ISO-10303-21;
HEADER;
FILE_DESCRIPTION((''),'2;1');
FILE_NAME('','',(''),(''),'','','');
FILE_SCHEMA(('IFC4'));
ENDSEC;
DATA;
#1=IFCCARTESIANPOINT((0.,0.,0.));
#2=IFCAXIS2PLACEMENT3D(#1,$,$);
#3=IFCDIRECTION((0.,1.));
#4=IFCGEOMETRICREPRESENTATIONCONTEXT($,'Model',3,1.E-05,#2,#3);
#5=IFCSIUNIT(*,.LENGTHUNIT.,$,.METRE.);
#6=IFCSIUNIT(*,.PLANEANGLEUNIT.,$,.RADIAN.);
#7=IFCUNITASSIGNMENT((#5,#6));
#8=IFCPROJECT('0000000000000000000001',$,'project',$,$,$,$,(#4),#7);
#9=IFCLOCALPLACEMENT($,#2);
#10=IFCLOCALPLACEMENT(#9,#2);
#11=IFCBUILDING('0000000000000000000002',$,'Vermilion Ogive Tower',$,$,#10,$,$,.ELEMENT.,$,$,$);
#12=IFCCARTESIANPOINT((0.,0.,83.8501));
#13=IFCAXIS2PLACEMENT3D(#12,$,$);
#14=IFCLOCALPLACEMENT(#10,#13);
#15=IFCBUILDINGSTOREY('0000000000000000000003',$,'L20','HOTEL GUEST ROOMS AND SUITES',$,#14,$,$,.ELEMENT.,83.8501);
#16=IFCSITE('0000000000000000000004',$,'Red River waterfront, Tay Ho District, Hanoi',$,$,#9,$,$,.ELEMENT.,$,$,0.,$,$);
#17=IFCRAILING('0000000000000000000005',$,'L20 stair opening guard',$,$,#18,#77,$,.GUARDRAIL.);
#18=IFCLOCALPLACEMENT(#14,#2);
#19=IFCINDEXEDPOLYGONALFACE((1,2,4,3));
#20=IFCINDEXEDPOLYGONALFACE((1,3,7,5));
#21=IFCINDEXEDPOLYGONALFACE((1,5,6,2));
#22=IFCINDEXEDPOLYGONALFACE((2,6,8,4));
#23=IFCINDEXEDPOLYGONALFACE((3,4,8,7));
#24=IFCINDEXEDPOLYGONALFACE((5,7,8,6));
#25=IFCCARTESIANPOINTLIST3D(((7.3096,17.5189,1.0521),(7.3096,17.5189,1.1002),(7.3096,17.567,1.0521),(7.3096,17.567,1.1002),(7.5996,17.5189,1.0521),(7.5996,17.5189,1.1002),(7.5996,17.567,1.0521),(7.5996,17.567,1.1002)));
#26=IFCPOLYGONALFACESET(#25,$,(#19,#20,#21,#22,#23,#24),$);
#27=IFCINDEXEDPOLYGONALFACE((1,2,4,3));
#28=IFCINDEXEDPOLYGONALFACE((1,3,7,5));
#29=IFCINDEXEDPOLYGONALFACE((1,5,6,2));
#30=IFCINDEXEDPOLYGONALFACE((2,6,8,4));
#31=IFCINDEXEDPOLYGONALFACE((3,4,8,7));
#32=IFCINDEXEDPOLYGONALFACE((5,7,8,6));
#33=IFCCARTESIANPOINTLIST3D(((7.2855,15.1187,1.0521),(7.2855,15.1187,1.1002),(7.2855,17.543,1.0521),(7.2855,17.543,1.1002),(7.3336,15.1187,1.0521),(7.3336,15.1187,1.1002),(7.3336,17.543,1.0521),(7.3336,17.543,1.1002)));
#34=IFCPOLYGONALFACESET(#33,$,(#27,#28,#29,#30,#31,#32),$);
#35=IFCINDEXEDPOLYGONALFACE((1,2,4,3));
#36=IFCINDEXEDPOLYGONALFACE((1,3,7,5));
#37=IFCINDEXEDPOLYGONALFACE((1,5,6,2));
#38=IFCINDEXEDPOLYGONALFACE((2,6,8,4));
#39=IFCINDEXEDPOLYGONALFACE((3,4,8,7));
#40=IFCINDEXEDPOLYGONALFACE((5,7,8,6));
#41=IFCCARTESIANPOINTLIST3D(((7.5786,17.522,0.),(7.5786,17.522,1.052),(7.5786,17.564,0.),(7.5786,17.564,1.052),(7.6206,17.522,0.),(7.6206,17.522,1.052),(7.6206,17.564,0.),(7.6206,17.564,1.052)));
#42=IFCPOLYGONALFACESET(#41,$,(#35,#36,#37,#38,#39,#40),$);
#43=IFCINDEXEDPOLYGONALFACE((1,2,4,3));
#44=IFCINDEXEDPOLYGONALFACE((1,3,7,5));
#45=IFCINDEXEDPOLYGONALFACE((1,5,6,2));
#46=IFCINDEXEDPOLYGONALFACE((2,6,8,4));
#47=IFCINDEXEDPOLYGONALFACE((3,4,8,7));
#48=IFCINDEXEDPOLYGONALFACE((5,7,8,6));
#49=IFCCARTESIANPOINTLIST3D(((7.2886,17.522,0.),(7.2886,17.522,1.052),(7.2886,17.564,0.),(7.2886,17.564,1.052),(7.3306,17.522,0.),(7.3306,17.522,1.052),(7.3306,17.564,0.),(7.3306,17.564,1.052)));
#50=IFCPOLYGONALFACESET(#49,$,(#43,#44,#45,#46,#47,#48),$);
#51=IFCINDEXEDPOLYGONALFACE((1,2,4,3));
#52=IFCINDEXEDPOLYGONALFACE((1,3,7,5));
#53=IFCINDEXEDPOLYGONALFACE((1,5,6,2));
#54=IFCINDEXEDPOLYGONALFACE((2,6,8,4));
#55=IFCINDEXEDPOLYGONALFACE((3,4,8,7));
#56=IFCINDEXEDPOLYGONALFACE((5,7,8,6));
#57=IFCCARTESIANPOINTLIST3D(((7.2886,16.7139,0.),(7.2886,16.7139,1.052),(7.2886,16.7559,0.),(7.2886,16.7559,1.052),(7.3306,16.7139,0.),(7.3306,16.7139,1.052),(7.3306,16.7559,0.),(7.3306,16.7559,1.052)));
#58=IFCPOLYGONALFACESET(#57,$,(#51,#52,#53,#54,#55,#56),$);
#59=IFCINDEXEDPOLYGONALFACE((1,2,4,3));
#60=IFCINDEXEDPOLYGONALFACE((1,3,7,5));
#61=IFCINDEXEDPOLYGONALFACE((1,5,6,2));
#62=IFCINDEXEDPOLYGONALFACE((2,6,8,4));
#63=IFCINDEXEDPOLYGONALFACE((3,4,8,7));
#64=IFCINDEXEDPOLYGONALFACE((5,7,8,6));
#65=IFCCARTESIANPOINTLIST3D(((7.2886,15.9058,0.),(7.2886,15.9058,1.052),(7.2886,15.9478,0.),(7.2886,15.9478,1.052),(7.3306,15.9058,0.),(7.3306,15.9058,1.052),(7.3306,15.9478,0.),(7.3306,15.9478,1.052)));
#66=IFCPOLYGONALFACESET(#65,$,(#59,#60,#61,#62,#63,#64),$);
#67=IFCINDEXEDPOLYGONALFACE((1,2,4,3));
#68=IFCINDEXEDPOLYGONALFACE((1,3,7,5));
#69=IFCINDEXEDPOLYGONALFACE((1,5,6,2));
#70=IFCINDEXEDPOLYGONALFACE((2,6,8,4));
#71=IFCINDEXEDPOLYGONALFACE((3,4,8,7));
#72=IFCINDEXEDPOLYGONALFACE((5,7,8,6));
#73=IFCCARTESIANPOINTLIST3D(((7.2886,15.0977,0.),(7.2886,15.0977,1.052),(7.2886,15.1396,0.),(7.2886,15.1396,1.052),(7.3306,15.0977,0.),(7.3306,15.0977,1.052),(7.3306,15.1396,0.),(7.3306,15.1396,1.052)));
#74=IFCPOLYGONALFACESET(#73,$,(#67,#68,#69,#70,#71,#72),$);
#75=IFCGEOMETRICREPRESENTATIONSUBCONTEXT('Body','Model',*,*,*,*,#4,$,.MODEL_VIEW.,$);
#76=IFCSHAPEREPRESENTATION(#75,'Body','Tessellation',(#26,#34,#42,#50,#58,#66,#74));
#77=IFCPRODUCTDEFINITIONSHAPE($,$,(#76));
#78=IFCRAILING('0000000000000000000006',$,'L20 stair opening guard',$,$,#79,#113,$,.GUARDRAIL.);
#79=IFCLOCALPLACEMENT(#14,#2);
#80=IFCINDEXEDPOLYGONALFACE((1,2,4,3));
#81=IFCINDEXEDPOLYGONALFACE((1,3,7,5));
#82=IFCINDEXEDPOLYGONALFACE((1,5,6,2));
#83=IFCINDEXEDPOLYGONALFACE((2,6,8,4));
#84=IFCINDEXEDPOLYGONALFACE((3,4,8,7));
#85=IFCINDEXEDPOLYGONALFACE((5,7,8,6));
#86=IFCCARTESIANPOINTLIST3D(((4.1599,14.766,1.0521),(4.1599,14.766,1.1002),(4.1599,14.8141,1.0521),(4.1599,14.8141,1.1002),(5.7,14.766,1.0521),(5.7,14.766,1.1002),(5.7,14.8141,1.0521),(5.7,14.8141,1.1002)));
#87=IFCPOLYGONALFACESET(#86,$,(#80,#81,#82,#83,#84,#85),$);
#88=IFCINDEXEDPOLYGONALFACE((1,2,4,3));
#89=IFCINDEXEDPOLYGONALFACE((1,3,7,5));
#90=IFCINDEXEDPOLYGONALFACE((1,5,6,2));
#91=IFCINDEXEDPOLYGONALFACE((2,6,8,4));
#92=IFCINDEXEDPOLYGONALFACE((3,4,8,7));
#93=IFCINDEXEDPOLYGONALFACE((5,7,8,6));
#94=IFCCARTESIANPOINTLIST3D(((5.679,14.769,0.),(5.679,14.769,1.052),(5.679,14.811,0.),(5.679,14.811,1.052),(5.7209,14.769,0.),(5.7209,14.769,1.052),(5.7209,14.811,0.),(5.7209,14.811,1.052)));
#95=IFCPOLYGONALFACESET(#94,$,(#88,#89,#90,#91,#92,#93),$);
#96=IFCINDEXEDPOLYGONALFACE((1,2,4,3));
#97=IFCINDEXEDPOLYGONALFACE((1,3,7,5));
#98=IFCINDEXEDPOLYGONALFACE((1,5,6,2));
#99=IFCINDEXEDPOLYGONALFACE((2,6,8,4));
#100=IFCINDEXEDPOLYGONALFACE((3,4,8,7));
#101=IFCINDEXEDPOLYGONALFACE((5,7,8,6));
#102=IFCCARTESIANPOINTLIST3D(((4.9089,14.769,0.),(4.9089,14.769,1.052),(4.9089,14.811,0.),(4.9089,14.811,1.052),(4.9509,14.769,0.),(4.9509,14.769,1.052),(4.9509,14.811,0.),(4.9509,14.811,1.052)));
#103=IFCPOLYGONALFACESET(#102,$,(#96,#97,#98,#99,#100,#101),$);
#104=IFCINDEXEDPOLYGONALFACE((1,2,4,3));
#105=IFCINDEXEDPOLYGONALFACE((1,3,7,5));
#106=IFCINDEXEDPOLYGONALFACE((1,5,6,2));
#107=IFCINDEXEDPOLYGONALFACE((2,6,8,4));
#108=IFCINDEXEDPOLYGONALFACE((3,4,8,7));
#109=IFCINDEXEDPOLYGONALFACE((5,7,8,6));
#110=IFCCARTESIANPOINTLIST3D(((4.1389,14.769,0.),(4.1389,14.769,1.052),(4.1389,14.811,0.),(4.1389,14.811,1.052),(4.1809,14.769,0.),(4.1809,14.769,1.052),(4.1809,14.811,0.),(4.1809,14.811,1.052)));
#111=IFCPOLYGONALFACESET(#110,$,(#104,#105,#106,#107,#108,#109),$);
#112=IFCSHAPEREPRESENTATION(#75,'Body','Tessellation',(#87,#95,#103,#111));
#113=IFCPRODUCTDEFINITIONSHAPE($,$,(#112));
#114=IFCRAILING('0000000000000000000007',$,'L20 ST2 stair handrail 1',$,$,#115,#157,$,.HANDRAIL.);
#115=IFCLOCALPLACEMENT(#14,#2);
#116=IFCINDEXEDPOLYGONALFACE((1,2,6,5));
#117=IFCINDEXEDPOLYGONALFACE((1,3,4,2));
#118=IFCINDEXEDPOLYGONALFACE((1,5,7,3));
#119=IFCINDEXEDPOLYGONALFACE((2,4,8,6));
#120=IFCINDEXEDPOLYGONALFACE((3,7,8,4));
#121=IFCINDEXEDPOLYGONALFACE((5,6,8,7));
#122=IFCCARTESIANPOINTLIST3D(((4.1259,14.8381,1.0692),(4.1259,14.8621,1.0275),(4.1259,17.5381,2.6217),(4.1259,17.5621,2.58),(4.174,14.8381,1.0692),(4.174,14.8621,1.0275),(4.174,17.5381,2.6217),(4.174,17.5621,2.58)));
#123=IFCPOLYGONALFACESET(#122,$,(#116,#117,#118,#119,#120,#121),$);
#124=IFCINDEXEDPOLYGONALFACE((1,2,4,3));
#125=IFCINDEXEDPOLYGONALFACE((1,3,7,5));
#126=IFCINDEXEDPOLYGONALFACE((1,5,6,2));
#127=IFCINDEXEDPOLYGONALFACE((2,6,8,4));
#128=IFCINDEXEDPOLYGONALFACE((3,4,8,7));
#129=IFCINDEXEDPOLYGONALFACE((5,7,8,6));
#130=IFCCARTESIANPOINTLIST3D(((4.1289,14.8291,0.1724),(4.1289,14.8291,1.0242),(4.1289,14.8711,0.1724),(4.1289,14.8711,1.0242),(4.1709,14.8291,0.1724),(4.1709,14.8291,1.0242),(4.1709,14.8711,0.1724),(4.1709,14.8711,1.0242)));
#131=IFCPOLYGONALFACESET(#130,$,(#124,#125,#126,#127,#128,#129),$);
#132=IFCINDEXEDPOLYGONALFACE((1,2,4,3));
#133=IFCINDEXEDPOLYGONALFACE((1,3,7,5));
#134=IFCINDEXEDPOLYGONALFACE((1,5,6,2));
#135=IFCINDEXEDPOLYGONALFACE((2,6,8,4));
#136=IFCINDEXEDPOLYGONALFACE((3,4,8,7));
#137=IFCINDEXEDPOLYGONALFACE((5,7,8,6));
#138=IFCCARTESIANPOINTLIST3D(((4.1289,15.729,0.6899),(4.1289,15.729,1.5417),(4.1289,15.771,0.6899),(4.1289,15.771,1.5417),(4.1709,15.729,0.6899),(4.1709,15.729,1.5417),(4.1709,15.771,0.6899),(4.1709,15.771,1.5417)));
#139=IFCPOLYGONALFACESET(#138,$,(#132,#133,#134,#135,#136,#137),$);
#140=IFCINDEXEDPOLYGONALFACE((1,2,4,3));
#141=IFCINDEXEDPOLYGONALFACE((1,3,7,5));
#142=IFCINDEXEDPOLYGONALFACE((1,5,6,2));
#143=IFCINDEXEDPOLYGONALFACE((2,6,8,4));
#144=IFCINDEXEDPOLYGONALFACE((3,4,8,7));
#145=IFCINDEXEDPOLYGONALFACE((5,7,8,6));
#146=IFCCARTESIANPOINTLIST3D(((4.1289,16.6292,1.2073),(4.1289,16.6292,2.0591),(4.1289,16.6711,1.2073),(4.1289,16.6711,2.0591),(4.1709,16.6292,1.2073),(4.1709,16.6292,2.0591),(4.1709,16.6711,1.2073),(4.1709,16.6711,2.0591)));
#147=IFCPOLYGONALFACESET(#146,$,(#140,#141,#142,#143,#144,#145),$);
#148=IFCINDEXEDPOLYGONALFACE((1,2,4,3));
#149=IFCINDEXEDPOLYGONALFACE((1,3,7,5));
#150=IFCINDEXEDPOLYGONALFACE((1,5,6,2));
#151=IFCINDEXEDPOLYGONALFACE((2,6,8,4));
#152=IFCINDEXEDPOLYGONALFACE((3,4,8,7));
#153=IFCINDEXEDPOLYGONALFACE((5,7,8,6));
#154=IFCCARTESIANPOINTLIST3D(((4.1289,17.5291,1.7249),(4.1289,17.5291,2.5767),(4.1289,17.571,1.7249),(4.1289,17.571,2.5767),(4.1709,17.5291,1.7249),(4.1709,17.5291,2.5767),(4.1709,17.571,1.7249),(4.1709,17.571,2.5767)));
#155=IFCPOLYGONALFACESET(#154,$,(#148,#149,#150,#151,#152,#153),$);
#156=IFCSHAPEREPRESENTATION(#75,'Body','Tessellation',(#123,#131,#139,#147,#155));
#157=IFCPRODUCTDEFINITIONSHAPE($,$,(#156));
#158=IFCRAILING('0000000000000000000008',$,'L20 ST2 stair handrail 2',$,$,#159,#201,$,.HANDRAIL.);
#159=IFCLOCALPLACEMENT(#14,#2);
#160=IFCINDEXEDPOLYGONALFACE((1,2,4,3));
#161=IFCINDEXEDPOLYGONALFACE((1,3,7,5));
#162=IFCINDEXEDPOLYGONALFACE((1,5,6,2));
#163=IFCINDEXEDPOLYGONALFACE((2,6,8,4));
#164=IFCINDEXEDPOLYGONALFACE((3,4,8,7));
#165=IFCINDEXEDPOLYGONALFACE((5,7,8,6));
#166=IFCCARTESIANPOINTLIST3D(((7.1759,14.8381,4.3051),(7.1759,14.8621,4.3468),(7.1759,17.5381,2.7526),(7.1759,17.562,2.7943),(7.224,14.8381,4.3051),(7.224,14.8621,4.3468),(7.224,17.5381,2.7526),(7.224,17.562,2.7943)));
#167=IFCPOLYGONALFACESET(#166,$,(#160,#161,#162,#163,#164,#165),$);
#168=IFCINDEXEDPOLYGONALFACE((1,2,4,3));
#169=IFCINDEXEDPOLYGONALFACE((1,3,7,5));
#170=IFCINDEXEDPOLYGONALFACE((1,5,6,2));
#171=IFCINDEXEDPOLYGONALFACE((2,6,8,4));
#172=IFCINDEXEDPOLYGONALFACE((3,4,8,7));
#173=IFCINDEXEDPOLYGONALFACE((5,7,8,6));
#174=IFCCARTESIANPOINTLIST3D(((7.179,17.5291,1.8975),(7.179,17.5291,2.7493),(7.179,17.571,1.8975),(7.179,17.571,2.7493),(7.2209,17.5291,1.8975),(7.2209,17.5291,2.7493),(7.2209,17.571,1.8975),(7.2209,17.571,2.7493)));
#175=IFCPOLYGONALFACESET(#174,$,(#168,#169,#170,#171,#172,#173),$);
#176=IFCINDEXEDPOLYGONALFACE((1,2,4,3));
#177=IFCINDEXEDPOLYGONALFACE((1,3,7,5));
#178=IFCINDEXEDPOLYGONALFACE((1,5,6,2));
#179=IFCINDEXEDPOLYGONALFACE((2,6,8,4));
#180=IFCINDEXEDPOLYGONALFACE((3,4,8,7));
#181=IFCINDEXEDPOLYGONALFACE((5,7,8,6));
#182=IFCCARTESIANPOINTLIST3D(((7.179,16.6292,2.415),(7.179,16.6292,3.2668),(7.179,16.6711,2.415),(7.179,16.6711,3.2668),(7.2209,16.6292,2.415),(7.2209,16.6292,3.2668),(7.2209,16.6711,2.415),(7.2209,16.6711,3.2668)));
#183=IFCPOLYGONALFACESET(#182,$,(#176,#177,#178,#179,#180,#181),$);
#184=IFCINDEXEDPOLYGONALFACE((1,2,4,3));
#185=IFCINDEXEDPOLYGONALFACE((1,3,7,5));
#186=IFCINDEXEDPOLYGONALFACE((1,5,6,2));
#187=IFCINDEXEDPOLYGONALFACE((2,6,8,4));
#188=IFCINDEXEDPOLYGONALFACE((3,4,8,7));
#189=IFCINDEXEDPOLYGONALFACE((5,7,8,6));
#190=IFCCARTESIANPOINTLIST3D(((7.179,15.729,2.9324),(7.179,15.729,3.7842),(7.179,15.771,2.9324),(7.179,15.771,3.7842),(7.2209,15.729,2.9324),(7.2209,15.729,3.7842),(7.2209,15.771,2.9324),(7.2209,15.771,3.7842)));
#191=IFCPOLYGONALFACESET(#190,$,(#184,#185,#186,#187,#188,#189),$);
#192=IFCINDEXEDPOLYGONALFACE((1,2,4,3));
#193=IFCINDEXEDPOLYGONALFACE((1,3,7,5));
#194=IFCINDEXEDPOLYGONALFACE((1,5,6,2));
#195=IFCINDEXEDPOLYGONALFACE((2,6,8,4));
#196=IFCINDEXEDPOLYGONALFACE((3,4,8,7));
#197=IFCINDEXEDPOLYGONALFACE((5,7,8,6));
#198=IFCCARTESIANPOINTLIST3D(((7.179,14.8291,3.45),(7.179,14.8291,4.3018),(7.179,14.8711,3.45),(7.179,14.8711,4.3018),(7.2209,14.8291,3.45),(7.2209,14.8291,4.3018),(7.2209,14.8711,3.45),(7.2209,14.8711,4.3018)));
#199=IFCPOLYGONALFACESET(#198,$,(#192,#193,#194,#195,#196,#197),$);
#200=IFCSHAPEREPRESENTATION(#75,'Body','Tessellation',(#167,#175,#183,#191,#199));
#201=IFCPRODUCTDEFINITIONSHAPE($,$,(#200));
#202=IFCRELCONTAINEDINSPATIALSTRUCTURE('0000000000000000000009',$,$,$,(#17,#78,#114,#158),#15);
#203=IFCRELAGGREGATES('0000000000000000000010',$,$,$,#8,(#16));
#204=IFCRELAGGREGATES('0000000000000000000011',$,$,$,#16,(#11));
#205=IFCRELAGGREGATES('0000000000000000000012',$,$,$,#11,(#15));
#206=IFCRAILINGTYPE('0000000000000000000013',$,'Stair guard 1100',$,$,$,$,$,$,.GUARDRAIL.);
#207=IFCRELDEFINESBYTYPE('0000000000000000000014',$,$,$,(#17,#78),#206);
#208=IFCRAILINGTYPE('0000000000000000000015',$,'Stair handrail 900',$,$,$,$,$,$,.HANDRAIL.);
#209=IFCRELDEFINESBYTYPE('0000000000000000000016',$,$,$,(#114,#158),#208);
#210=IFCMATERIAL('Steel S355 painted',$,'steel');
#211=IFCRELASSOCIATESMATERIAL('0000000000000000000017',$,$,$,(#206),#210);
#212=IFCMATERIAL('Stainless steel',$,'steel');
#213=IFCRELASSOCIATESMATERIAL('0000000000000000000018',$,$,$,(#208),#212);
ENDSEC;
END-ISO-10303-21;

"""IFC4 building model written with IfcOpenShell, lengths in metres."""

from ifc_helpers import new_model, si_unit, direction, frame, origin, origin_2d, place, context, subcontext, project, spatial, rectangle, extrude, material, type_object, element, save


model = new_model("IFC4")

# Units and contexts
model_context = context("Model", 3, precision=1e-05, world=origin(), true_north=direction((0.0, 1.0)))
body_context = subcontext(model_context, "Body", "Model", "MODEL_VIEW")
ifc_project = project(units=[si_unit("LENGTHUNIT", "METRE"), si_unit("PLANEANGLEUNIT", "RADIAN")], contexts=[model_context])

# Site, building, storey
site_placement = place(None, origin())
site = spatial("IfcSite", under=ifc_project, at=site_placement, Name="Red River waterfront, Tay Ho District, Hanoi", CompositionType="ELEMENT", RefElevation=0.0)
building_placement = place(site_placement, origin())
building = spatial("IfcBuilding", under=site, at=building_placement, Name="Vermilion Ogive Tower", CompositionType="ELEMENT")
storey_placement = place(building_placement, frame((0.0, 0.0, 83.8501)))
storey = spatial("IfcBuildingStorey", under=building, at=storey_placement, Name="L20", Description="HOTEL GUEST ROOMS AND SUITES", CompositionType="ELEMENT", Elevation=83.8501)

# Railings
ifc_material_1 = material(Name="Steel S355 painted", Category="steel")
railing_type_1 = type_object("IfcRailingType", Name="Stair guard 1100", PredefinedType="GUARDRAIL", material=ifc_material_1)
railing_1_placement = place(storey_placement, frame((7.5996, 17.543, 0.0)))
element("IfcRailing", 1, at=railing_1_placement, inside=storey, type_object=railing_type_1, Name="L20 stair opening guard", PredefinedType="GUARDRAIL", context=body_context, shape_type="SweptSolid", body=[
    extrude(rectangle(XDim=0.0481, YDim=0.0481, at=origin_2d()), frame((0.0, 0.0, 1.0762), z_axis=(-1.0, 0.0, 0.0), x_axis=(0.0, -1.0, 0.0)), (0.0, 0.0, 1.0), 0.29),
    extrude(rectangle(XDim=0.0481, YDim=0.0481, at=origin_2d()), frame((-0.29, 0.0, 1.0762), z_axis=(0.0, -1.0, 0.0), x_axis=(1.0, 0.0, 0.0)), (0.0, 0.0, 1.0), 2.4243),
    extrude(rectangle(XDim=0.042, YDim=0.042, at=origin_2d()), origin(), (0.0, 0.0, 1.0), 1.052),
    extrude(rectangle(XDim=0.042, YDim=0.042, at=origin_2d()), frame((-0.29, 0.0, 0.0)), (0.0, 0.0, 1.0), 1.052),
    extrude(rectangle(XDim=0.042, YDim=0.042, at=origin_2d()), frame((-0.29, -0.8081, 0.0)), (0.0, 0.0, 1.0), 1.052),
    extrude(rectangle(XDim=0.042, YDim=0.042, at=origin_2d()), frame((-0.29, -1.6162, 0.0)), (0.0, 0.0, 1.0), 1.052),
    extrude(rectangle(XDim=0.042, YDim=0.042, at=origin_2d()), frame((-0.29, -2.4243, 0.0)), (0.0, 0.0, 1.0), 1.052),
])
railing_2_placement = place(storey_placement, frame((5.7, 14.79, 0.0)))
element("IfcRailing", 2, at=railing_2_placement, inside=storey, type_object=railing_type_1, Name="L20 stair opening guard", PredefinedType="GUARDRAIL", context=body_context, shape_type="SweptSolid", body=[
    extrude(rectangle(XDim=0.0481, YDim=0.0481, at=origin_2d()), frame((0.0, 0.0, 1.0762), z_axis=(-1.0, 0.0, 0.0), x_axis=(0.0, -1.0, 0.0)), (0.0, 0.0, 1.0), 1.54),
    extrude(rectangle(XDim=0.042, YDim=0.042, at=origin_2d()), origin(), (0.0, 0.0, 1.0), 1.052),
    extrude(rectangle(XDim=0.042, YDim=0.042, at=origin_2d()), frame((-0.77, 0.0, 0.0)), (0.0, 0.0, 1.0), 1.052),
    extrude(rectangle(XDim=0.042, YDim=0.042, at=origin_2d()), frame((-1.54, 0.0, 0.0)), (0.0, 0.0, 1.0), 1.052),
])
ifc_material_2 = material(Name="Stainless steel", Category="steel")
railing_type_2 = type_object("IfcRailingType", Name="Stair handrail 900", PredefinedType="HANDRAIL", material=ifc_material_2)
railing_3_placement = place(storey_placement, frame((4.1499, 14.8501, 0.1724)))
element("IfcRailing", 3, at=railing_3_placement, inside=storey, type_object=railing_type_2, Name="L20 ST2 stair handrail 1", PredefinedType="HANDRAIL", context=body_context, shape_type="SweptSolid", body=[
    extrude(rectangle(XDim=0.0481, YDim=0.0481, at=origin_2d()), frame((0.0, 0.0, 0.876), z_axis=(0.0, 0.866904, 0.498476), x_axis=(-1.0, 0.0, 0.0)), (0.0, 0.0, 1.0), 3.1145),
    extrude(rectangle(XDim=0.042, YDim=0.042, at=origin_2d()), origin(), (0.0, 0.0, 1.0), 0.8518),
    extrude(rectangle(XDim=0.042, YDim=0.042, at=origin_2d()), frame((0.0, 0.8999, 0.5176)), (0.0, 0.0, 1.0), 0.8518),
    extrude(rectangle(XDim=0.042, YDim=0.042, at=origin_2d()), frame((0.0, 1.8, 1.0349)), (0.0, 0.0, 1.0), 0.8518),
    extrude(rectangle(XDim=0.042, YDim=0.042, at=origin_2d()), frame((0.0, 2.7, 1.5525)), (0.0, 0.0, 1.0), 0.8518),
])
railing_4_placement = place(storey_placement, frame((7.2, 17.55, 1.8975)))
element("IfcRailing", 4, at=railing_4_placement, inside=storey, type_object=railing_type_2, Name="L20 ST2 stair handrail 2", PredefinedType="HANDRAIL", context=body_context, shape_type="SweptSolid", body=[
    extrude(rectangle(XDim=0.0481, YDim=0.0481, at=origin_2d()), frame((0.0, 0.0, 0.876), z_axis=(0.0, -0.866904, 0.498476), x_axis=(1.0, 0.0, 0.0)), (0.0, 0.0, 1.0), 3.1145),
    extrude(rectangle(XDim=0.042, YDim=0.042, at=origin_2d()), origin(), (0.0, 0.0, 1.0), 0.8518),
    extrude(rectangle(XDim=0.042, YDim=0.042, at=origin_2d()), frame((0.0, -0.8999, 0.5176)), (0.0, 0.0, 1.0), 0.8518),
    extrude(rectangle(XDim=0.042, YDim=0.042, at=origin_2d()), frame((0.0, -1.8, 1.0349)), (0.0, 0.0, 1.0), 0.8518),
    extrude(rectangle(XDim=0.042, YDim=0.042, at=origin_2d()), frame((0.0, -2.7, 1.5525)), (0.0, 0.0, 1.0), 0.8518),
])

save(model, "model.ifc")
